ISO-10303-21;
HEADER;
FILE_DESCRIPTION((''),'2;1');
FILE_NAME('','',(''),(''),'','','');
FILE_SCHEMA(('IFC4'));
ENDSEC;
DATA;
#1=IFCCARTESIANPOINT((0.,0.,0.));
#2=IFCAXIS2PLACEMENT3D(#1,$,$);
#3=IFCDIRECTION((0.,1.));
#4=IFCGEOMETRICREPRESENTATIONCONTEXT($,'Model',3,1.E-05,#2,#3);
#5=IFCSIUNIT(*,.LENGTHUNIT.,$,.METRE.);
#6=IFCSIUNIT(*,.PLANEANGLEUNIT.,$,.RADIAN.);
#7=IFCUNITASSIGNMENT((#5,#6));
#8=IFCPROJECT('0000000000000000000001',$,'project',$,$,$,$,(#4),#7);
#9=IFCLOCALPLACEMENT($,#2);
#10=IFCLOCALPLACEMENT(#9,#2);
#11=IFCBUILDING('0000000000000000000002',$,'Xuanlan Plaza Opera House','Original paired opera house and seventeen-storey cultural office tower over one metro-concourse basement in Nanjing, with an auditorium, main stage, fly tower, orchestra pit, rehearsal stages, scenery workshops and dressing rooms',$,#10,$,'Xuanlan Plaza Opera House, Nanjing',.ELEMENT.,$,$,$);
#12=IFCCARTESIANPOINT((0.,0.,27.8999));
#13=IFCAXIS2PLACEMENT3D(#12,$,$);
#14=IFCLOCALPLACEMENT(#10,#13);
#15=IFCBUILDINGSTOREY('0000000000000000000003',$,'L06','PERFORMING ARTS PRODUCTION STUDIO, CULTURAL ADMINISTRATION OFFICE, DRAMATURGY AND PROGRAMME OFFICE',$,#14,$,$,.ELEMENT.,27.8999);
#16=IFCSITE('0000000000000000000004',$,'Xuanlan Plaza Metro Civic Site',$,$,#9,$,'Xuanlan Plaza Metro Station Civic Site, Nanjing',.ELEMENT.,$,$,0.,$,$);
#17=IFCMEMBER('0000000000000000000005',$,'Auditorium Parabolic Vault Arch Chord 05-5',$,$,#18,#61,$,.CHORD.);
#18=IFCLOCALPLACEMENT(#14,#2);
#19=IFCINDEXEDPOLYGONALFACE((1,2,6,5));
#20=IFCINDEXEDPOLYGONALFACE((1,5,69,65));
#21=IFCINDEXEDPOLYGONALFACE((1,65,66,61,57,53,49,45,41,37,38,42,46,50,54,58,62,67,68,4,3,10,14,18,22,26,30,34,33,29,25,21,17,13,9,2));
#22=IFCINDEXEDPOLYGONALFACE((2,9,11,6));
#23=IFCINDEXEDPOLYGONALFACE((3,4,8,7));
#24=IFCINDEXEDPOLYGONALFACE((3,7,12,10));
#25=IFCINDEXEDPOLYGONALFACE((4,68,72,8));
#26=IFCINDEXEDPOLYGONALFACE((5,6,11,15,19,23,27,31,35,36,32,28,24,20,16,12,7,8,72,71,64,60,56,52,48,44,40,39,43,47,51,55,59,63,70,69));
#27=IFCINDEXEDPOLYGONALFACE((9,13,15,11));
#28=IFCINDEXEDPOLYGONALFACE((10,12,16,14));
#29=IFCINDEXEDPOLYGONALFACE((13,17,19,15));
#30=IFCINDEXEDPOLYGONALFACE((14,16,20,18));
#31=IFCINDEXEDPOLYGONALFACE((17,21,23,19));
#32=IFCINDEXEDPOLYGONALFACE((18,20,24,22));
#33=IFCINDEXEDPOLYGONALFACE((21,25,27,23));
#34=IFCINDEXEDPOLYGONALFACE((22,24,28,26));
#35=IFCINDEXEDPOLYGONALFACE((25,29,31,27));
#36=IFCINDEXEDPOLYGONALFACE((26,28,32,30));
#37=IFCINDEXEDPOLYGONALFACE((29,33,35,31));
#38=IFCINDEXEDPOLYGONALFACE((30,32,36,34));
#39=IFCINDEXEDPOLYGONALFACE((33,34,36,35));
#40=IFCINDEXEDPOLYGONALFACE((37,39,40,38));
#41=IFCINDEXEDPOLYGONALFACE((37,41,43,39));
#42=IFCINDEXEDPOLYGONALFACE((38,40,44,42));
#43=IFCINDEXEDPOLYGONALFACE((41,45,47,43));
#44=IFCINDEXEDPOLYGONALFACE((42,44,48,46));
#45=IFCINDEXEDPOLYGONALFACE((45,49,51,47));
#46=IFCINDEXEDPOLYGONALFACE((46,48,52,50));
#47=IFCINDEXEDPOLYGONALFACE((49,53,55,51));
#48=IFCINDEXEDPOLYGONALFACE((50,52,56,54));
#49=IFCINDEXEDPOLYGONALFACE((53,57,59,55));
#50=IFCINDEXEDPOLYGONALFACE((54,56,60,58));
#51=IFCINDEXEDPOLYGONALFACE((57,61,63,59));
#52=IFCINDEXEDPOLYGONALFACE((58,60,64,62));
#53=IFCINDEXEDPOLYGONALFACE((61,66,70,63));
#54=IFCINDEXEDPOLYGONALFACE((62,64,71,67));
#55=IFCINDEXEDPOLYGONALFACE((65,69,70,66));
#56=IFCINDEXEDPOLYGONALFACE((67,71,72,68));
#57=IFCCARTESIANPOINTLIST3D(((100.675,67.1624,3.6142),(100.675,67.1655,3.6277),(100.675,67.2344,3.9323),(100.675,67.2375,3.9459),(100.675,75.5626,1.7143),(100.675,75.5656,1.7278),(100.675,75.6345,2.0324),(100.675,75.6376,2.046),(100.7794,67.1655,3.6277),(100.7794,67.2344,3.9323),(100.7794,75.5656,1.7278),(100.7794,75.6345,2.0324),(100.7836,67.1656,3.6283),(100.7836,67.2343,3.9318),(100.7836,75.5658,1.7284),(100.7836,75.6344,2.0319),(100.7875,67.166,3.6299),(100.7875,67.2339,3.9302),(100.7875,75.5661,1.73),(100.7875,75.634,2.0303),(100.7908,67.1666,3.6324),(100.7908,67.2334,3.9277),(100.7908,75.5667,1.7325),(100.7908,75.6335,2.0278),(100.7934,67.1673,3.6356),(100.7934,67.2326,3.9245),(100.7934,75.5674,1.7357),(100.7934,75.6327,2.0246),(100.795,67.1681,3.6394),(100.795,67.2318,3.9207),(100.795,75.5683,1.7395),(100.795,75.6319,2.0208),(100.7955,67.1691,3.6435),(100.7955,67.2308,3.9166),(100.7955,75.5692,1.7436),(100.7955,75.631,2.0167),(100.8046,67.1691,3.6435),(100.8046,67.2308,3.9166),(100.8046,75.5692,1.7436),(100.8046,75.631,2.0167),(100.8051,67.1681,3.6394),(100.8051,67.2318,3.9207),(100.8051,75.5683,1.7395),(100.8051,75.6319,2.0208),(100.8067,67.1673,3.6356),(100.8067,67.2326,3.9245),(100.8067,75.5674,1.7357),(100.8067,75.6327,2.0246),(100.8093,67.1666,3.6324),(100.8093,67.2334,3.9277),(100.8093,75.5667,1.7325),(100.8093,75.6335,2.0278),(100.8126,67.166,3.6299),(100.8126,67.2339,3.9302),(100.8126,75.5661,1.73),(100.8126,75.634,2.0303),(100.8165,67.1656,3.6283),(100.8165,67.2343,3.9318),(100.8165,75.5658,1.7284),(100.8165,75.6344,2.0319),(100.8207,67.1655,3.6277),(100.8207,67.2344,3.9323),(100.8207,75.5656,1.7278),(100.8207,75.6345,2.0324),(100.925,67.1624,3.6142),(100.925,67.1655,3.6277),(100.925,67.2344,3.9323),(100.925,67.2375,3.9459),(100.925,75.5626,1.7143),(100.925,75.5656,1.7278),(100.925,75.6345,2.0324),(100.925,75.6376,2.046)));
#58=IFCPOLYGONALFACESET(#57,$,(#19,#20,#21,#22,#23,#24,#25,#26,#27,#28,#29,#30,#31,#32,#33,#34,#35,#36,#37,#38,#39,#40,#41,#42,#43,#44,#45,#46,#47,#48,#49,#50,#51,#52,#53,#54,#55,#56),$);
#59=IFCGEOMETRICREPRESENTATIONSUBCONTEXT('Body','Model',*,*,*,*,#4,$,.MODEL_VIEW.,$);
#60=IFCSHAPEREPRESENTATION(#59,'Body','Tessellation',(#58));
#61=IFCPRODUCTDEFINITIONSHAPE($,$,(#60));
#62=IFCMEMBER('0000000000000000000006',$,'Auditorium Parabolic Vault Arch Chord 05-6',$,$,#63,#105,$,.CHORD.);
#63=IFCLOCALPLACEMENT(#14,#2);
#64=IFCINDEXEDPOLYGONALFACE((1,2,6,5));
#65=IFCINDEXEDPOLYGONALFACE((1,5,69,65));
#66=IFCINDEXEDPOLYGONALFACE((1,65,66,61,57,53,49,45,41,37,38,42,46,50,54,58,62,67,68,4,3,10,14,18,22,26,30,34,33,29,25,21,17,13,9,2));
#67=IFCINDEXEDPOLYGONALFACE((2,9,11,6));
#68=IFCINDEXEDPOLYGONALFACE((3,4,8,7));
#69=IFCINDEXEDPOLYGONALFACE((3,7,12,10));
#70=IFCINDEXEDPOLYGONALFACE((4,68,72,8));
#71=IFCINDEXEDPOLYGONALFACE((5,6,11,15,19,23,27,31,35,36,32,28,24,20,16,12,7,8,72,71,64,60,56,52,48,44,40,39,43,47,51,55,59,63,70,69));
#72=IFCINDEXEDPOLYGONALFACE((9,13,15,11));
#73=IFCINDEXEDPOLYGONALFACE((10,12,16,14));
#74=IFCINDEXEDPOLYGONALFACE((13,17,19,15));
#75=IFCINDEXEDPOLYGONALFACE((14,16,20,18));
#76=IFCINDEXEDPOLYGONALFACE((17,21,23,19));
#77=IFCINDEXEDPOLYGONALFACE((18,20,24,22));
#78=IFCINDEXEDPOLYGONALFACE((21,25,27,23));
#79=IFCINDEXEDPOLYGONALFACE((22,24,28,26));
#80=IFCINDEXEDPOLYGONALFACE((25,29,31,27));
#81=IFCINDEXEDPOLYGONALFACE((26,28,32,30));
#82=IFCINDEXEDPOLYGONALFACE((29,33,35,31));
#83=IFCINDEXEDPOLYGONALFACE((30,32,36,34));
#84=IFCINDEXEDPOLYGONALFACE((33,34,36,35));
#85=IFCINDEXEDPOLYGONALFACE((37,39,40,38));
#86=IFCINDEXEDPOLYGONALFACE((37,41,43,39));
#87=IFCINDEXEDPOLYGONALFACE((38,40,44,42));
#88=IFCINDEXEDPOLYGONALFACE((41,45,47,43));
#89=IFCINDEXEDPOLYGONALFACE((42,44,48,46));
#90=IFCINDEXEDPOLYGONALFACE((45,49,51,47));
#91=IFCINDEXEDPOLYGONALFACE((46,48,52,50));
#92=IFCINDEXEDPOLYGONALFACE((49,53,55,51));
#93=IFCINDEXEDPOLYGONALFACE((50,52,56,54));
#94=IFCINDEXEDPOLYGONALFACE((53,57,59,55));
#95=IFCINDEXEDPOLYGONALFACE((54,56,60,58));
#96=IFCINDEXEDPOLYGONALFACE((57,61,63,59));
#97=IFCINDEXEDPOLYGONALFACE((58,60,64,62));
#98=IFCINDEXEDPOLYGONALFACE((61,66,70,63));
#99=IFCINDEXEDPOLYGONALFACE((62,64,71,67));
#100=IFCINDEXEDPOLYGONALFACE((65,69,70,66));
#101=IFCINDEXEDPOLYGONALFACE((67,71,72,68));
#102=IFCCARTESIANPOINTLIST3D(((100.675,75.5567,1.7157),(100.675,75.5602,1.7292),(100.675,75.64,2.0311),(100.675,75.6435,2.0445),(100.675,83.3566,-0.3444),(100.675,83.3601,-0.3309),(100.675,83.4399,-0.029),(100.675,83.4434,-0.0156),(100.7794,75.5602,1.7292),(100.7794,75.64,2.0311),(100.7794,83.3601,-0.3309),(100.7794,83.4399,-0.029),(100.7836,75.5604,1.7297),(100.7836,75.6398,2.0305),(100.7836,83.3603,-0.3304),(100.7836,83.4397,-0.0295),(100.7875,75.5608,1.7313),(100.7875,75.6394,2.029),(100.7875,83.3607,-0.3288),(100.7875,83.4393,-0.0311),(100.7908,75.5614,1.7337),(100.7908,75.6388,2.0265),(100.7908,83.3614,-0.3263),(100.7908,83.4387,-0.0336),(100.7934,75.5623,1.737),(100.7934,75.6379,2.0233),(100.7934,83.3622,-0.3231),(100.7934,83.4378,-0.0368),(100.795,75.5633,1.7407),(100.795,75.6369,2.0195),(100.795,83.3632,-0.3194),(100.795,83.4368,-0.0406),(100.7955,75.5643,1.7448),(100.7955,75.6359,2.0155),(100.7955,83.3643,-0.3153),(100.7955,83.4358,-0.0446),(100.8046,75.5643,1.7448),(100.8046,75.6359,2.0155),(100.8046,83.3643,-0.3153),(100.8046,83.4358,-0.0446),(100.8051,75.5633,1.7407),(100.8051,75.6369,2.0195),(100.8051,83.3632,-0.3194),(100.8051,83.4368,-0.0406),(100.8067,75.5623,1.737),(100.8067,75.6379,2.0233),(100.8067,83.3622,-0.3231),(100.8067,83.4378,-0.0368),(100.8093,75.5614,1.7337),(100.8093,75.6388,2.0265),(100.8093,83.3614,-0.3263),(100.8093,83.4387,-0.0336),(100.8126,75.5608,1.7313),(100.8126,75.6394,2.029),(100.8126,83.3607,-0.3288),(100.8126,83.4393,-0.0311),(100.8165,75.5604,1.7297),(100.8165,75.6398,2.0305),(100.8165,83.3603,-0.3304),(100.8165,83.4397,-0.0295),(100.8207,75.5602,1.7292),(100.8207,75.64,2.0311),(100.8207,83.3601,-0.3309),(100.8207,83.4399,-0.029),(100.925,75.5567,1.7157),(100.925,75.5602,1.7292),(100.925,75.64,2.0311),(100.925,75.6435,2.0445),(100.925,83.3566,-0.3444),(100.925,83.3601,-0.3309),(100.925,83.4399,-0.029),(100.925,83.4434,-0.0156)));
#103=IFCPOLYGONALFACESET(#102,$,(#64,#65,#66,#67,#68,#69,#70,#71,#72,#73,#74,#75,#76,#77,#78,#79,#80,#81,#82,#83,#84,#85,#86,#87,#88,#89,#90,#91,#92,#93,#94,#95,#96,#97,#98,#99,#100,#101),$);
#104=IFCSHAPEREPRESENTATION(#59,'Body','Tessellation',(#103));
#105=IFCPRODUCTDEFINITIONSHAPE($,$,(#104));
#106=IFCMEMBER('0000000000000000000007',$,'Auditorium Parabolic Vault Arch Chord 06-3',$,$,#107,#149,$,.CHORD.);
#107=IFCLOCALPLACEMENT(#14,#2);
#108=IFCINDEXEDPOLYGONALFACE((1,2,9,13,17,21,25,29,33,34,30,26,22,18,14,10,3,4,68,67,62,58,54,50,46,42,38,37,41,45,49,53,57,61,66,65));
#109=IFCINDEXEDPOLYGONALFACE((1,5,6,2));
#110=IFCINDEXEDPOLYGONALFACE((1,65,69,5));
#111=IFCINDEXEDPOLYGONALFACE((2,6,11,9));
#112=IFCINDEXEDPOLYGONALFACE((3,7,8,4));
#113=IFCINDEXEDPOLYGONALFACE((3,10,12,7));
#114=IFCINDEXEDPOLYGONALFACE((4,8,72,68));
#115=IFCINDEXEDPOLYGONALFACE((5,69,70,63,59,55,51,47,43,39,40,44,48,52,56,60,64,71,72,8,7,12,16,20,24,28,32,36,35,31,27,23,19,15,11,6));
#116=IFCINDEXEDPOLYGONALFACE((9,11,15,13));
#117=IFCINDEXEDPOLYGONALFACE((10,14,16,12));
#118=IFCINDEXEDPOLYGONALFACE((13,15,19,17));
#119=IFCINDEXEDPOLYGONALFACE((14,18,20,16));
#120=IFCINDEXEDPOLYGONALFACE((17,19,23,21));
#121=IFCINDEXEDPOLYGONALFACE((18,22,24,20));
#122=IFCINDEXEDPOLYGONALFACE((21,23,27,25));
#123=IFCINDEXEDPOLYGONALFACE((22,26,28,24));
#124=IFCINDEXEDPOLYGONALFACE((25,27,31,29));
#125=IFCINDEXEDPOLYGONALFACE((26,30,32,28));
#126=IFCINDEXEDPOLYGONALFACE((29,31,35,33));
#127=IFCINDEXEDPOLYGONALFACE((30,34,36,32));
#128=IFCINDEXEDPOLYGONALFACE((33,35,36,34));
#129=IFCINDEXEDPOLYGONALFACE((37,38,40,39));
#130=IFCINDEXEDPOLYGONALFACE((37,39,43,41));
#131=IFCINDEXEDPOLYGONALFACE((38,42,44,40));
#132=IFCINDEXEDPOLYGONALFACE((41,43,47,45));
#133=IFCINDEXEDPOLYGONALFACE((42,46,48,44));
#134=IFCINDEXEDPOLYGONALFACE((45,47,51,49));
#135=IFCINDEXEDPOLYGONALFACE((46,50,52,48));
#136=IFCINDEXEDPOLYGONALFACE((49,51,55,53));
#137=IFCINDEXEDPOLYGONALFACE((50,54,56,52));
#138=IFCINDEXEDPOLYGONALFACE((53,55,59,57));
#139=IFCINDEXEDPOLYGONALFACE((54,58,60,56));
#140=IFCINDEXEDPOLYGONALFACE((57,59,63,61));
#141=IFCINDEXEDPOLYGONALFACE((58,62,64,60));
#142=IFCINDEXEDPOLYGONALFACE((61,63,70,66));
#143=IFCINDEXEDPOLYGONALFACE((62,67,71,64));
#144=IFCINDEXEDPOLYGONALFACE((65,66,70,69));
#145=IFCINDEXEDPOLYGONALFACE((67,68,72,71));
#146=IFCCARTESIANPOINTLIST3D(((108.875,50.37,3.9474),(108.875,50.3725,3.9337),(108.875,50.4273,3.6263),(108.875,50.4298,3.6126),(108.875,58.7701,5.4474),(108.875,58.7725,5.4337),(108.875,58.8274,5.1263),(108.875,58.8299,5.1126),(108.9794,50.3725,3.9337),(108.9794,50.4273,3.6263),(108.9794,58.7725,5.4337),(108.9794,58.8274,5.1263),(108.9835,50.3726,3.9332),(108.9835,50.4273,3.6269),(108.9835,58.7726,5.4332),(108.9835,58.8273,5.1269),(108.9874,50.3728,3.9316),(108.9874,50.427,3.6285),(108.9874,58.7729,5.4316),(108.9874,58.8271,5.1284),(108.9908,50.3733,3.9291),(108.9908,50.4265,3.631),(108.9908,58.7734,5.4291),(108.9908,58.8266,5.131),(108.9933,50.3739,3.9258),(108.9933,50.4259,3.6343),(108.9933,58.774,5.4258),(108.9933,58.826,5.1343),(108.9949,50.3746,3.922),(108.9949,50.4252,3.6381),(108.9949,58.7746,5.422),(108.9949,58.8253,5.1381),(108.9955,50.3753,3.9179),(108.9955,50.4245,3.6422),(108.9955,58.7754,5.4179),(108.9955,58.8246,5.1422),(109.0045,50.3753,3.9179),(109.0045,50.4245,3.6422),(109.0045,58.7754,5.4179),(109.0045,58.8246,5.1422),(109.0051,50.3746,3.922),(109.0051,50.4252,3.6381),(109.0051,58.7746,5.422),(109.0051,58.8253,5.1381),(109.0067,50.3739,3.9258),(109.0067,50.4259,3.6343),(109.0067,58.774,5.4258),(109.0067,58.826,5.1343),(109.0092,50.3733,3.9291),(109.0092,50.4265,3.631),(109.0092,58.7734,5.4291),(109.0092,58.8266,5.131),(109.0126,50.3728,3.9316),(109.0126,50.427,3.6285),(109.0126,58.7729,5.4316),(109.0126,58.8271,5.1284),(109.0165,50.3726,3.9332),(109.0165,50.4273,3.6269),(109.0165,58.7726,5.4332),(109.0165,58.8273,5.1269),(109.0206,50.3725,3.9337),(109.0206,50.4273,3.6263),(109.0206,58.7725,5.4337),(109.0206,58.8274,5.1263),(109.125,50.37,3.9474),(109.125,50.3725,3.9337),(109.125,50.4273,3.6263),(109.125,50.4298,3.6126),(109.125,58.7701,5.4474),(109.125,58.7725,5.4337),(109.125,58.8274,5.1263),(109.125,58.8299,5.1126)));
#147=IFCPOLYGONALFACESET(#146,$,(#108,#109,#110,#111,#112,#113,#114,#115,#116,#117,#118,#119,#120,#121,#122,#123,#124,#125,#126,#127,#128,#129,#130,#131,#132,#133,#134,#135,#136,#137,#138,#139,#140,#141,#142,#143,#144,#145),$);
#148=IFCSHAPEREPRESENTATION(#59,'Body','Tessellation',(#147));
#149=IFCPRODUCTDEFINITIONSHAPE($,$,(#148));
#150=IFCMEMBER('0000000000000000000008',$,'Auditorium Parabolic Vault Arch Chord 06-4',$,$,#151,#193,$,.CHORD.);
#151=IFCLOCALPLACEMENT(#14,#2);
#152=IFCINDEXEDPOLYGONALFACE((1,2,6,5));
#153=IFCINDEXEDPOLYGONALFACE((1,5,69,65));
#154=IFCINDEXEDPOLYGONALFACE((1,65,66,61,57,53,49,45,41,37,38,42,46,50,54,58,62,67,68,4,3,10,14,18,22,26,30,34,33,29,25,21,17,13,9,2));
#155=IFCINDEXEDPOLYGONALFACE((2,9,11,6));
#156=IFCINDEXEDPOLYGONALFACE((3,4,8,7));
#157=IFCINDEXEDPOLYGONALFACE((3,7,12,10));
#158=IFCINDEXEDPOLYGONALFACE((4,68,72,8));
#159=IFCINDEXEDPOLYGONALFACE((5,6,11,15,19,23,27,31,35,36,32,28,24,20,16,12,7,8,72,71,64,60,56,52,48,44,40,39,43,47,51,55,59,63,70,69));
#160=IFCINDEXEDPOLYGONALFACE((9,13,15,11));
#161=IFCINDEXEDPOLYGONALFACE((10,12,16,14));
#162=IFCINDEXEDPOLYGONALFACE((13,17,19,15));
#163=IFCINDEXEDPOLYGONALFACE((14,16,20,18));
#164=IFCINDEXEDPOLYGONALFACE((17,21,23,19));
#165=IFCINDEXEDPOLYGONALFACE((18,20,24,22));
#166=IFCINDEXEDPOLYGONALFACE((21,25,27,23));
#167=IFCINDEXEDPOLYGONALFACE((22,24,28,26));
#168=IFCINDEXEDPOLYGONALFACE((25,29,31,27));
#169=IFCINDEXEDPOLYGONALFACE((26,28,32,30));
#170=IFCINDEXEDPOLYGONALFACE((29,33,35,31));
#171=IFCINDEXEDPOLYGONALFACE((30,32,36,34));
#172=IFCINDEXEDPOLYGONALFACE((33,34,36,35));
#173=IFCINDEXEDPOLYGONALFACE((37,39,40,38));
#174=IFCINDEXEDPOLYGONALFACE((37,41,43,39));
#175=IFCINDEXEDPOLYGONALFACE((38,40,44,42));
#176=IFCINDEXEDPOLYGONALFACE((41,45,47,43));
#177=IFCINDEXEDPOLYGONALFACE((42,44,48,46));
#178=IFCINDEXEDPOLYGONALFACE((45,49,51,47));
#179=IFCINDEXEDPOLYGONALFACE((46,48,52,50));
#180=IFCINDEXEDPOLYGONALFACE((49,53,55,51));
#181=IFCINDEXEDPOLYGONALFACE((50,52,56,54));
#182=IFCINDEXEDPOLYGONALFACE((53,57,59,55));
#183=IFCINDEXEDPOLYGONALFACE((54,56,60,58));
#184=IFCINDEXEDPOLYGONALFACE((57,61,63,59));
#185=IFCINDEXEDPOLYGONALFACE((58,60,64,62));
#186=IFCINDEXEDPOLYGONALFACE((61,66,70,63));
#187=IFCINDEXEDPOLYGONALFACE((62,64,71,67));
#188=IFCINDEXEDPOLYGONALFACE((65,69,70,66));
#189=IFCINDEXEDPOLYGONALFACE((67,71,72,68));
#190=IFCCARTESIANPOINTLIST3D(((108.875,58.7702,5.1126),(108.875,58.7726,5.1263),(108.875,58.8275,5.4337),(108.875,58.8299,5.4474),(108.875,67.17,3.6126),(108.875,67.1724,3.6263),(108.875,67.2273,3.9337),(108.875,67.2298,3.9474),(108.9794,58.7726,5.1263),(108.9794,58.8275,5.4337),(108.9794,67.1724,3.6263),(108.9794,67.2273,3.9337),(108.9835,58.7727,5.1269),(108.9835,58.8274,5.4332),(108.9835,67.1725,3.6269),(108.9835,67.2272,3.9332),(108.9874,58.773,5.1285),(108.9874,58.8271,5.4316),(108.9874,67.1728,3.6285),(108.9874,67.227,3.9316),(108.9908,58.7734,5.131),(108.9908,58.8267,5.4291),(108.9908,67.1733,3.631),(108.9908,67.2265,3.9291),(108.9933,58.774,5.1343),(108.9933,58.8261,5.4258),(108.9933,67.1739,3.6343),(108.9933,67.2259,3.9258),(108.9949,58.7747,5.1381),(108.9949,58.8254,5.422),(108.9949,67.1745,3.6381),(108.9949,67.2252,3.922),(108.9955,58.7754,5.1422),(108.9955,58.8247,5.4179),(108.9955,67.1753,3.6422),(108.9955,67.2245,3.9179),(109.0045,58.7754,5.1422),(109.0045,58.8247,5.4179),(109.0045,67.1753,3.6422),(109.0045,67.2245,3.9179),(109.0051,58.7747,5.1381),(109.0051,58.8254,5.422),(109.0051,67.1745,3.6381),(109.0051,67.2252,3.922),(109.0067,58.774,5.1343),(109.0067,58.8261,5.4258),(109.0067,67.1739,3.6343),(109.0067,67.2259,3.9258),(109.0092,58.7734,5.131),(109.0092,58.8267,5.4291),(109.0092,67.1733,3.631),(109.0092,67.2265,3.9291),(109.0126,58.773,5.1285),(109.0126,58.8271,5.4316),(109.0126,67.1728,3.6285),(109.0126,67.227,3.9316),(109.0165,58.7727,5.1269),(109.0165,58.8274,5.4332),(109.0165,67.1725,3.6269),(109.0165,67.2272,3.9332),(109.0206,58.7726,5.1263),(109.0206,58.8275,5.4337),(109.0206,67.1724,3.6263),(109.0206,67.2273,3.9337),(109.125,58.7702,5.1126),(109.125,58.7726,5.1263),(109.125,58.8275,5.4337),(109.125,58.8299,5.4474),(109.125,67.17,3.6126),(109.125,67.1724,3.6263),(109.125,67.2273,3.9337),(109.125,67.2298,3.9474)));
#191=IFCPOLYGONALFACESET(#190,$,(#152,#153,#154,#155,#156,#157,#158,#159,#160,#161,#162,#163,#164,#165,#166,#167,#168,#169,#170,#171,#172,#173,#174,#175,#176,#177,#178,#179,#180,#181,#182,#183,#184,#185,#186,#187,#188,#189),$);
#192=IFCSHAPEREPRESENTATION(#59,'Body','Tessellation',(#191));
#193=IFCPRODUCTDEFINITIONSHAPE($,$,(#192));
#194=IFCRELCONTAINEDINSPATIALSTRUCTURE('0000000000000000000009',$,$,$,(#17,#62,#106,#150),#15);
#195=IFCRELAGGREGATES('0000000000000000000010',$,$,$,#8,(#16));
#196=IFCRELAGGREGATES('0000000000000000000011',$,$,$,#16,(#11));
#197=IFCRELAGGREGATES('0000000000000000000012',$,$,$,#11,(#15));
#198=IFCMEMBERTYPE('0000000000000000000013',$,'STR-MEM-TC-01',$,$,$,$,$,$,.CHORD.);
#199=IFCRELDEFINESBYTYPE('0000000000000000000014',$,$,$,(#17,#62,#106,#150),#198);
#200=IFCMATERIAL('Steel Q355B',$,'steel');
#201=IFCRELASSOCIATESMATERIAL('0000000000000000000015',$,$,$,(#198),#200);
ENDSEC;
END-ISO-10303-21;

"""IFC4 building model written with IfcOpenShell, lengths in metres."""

from ifc_helpers import new_model, si_unit, direction, frame, origin, origin_2d, place, context, subcontext, project, spatial, i_section, extrude, material, material_profile, profile_set, type_object, element, save


model = new_model("IFC4")

# Units and contexts
model_context = context("Model", 3, precision=1e-05, world=origin(), true_north=direction((0.0, 1.0)))
body_context = subcontext(model_context, "Body", "Model", "MODEL_VIEW")
ifc_project = project(units=[si_unit("LENGTHUNIT", "METRE"), si_unit("PLANEANGLEUNIT", "RADIAN")], contexts=[model_context])

# Site, building, storey
site_placement = place(None, origin())
site = spatial("IfcSite", under=ifc_project, at=site_placement, Name="Xuanlan Plaza Metro Civic Site", LongName="Xuanlan Plaza Metro Station Civic Site, Nanjing", CompositionType="ELEMENT", RefElevation=0.0)
building_placement = place(site_placement, origin())
building = spatial("IfcBuilding", under=site, at=building_placement, Name="Xuanlan Plaza Opera House", Description="Original paired opera house and seventeen-storey cultural office tower over one metro-concourse basement in Nanjing, with an auditorium, main stage, fly tower, orchestra pit, rehearsal stages, scenery workshops and dressing rooms", LongName="Xuanlan Plaza Opera House, Nanjing", CompositionType="ELEMENT")
storey_placement = place(building_placement, frame((0.0, 0.0, 27.8999)))
storey = spatial("IfcBuildingStorey", under=building, at=storey_placement, Name="L06", Description="PERFORMING ARTS PRODUCTION STUDIO, CULTURAL ADMINISTRATION OFFICE, DRAMATURGY AND PROGRAMME OFFICE", CompositionType="ELEMENT", Elevation=27.8999)

# Members
ifc_material = material(Name="Steel Q355B", Category="steel")
ifc_material_profile_1 = material_profile(ifc_material, i_section(OverallWidth=0.25, OverallDepth=0.3401, WebThickness=0.009, FlangeThickness=0.0139, FilletRadius=0.0161, at=origin_2d()), Name="HM 340x250x9x14")
ifc_profile_set_1 = profile_set([ifc_material_profile_1], Name="Steel Q355B")
member_type_1 = type_object("IfcMemberType", Name="STR-MEM-TC-01", PredefinedType="CHORD", material=ifc_profile_set_1)
member_1_placement = place(storey_placement, frame((100.8, 67.2, 3.78), z_axis=(0.0, 0.975364, -0.220603), x_axis=(-1.0, 0.0, 0.0)))
element("IfcMember", 1, at=member_1_placement, inside=storey, type_object=member_type_1, Name="Auditorium Parabolic Vault Arch Chord 05-5", PredefinedType="CHORD", context=body_context, shape_type="SweptSolid", body=[
    extrude(i_section(OverallWidth=0.25, OverallDepth=0.3401, WebThickness=0.009, FlangeThickness=0.0139, FilletRadius=0.0161, at=origin_2d()), origin(), (0.0, 0.0, 1.0), 8.6123),
])
member_2_placement = place(storey_placement, frame((100.8, 75.6001, 1.8801), z_axis=(0.0, 0.966846, -0.25536), x_axis=(-1.0, 0.0, 0.0)))
element("IfcMember", 2, at=member_2_placement, inside=storey, type_object=member_type_1, Name="Auditorium Parabolic Vault Arch Chord 05-6", PredefinedType="CHORD", context=body_context, shape_type="SweptSolid", body=[
    extrude(i_section(OverallWidth=0.25, OverallDepth=0.3401, WebThickness=0.009, FlangeThickness=0.0139, FilletRadius=0.0161, at=origin_2d()), origin(), (0.0, 0.0, 1.0), 8.0674),
])
member_3_placement = place(storey_placement, frame((109.0, 50.3999, 3.78), z_axis=(0.0, 0.984428, 0.175788), x_axis=(-1.0, 0.0, 0.0)))
element("IfcMember", 3, at=member_3_placement, inside=storey, type_object=member_type_1, Name="Auditorium Parabolic Vault Arch Chord 06-3", PredefinedType="CHORD", context=body_context, shape_type="SweptSolid", body=[
    extrude(i_section(OverallWidth=0.25, OverallDepth=0.3401, WebThickness=0.009, FlangeThickness=0.0139, FilletRadius=0.0161, at=origin_2d()), origin(), (0.0, 0.0, 1.0), 8.533),
])
member_4_placement = place(storey_placement, frame((109.0, 58.8, 5.28), z_axis=(0.0, 0.984427, -0.175793), x_axis=(-1.0, 0.0, 0.0)))
element("IfcMember", 4, at=member_4_placement, inside=storey, type_object=member_type_1, Name="Auditorium Parabolic Vault Arch Chord 06-4", PredefinedType="CHORD", context=body_context, shape_type="SweptSolid", body=[
    extrude(i_section(OverallWidth=0.25, OverallDepth=0.3401, WebThickness=0.009, FlangeThickness=0.0139, FilletRadius=0.0161, at=origin_2d()), origin(), (0.0, 0.0, 1.0), 8.5327),
])

save(model, "model.ifc")
